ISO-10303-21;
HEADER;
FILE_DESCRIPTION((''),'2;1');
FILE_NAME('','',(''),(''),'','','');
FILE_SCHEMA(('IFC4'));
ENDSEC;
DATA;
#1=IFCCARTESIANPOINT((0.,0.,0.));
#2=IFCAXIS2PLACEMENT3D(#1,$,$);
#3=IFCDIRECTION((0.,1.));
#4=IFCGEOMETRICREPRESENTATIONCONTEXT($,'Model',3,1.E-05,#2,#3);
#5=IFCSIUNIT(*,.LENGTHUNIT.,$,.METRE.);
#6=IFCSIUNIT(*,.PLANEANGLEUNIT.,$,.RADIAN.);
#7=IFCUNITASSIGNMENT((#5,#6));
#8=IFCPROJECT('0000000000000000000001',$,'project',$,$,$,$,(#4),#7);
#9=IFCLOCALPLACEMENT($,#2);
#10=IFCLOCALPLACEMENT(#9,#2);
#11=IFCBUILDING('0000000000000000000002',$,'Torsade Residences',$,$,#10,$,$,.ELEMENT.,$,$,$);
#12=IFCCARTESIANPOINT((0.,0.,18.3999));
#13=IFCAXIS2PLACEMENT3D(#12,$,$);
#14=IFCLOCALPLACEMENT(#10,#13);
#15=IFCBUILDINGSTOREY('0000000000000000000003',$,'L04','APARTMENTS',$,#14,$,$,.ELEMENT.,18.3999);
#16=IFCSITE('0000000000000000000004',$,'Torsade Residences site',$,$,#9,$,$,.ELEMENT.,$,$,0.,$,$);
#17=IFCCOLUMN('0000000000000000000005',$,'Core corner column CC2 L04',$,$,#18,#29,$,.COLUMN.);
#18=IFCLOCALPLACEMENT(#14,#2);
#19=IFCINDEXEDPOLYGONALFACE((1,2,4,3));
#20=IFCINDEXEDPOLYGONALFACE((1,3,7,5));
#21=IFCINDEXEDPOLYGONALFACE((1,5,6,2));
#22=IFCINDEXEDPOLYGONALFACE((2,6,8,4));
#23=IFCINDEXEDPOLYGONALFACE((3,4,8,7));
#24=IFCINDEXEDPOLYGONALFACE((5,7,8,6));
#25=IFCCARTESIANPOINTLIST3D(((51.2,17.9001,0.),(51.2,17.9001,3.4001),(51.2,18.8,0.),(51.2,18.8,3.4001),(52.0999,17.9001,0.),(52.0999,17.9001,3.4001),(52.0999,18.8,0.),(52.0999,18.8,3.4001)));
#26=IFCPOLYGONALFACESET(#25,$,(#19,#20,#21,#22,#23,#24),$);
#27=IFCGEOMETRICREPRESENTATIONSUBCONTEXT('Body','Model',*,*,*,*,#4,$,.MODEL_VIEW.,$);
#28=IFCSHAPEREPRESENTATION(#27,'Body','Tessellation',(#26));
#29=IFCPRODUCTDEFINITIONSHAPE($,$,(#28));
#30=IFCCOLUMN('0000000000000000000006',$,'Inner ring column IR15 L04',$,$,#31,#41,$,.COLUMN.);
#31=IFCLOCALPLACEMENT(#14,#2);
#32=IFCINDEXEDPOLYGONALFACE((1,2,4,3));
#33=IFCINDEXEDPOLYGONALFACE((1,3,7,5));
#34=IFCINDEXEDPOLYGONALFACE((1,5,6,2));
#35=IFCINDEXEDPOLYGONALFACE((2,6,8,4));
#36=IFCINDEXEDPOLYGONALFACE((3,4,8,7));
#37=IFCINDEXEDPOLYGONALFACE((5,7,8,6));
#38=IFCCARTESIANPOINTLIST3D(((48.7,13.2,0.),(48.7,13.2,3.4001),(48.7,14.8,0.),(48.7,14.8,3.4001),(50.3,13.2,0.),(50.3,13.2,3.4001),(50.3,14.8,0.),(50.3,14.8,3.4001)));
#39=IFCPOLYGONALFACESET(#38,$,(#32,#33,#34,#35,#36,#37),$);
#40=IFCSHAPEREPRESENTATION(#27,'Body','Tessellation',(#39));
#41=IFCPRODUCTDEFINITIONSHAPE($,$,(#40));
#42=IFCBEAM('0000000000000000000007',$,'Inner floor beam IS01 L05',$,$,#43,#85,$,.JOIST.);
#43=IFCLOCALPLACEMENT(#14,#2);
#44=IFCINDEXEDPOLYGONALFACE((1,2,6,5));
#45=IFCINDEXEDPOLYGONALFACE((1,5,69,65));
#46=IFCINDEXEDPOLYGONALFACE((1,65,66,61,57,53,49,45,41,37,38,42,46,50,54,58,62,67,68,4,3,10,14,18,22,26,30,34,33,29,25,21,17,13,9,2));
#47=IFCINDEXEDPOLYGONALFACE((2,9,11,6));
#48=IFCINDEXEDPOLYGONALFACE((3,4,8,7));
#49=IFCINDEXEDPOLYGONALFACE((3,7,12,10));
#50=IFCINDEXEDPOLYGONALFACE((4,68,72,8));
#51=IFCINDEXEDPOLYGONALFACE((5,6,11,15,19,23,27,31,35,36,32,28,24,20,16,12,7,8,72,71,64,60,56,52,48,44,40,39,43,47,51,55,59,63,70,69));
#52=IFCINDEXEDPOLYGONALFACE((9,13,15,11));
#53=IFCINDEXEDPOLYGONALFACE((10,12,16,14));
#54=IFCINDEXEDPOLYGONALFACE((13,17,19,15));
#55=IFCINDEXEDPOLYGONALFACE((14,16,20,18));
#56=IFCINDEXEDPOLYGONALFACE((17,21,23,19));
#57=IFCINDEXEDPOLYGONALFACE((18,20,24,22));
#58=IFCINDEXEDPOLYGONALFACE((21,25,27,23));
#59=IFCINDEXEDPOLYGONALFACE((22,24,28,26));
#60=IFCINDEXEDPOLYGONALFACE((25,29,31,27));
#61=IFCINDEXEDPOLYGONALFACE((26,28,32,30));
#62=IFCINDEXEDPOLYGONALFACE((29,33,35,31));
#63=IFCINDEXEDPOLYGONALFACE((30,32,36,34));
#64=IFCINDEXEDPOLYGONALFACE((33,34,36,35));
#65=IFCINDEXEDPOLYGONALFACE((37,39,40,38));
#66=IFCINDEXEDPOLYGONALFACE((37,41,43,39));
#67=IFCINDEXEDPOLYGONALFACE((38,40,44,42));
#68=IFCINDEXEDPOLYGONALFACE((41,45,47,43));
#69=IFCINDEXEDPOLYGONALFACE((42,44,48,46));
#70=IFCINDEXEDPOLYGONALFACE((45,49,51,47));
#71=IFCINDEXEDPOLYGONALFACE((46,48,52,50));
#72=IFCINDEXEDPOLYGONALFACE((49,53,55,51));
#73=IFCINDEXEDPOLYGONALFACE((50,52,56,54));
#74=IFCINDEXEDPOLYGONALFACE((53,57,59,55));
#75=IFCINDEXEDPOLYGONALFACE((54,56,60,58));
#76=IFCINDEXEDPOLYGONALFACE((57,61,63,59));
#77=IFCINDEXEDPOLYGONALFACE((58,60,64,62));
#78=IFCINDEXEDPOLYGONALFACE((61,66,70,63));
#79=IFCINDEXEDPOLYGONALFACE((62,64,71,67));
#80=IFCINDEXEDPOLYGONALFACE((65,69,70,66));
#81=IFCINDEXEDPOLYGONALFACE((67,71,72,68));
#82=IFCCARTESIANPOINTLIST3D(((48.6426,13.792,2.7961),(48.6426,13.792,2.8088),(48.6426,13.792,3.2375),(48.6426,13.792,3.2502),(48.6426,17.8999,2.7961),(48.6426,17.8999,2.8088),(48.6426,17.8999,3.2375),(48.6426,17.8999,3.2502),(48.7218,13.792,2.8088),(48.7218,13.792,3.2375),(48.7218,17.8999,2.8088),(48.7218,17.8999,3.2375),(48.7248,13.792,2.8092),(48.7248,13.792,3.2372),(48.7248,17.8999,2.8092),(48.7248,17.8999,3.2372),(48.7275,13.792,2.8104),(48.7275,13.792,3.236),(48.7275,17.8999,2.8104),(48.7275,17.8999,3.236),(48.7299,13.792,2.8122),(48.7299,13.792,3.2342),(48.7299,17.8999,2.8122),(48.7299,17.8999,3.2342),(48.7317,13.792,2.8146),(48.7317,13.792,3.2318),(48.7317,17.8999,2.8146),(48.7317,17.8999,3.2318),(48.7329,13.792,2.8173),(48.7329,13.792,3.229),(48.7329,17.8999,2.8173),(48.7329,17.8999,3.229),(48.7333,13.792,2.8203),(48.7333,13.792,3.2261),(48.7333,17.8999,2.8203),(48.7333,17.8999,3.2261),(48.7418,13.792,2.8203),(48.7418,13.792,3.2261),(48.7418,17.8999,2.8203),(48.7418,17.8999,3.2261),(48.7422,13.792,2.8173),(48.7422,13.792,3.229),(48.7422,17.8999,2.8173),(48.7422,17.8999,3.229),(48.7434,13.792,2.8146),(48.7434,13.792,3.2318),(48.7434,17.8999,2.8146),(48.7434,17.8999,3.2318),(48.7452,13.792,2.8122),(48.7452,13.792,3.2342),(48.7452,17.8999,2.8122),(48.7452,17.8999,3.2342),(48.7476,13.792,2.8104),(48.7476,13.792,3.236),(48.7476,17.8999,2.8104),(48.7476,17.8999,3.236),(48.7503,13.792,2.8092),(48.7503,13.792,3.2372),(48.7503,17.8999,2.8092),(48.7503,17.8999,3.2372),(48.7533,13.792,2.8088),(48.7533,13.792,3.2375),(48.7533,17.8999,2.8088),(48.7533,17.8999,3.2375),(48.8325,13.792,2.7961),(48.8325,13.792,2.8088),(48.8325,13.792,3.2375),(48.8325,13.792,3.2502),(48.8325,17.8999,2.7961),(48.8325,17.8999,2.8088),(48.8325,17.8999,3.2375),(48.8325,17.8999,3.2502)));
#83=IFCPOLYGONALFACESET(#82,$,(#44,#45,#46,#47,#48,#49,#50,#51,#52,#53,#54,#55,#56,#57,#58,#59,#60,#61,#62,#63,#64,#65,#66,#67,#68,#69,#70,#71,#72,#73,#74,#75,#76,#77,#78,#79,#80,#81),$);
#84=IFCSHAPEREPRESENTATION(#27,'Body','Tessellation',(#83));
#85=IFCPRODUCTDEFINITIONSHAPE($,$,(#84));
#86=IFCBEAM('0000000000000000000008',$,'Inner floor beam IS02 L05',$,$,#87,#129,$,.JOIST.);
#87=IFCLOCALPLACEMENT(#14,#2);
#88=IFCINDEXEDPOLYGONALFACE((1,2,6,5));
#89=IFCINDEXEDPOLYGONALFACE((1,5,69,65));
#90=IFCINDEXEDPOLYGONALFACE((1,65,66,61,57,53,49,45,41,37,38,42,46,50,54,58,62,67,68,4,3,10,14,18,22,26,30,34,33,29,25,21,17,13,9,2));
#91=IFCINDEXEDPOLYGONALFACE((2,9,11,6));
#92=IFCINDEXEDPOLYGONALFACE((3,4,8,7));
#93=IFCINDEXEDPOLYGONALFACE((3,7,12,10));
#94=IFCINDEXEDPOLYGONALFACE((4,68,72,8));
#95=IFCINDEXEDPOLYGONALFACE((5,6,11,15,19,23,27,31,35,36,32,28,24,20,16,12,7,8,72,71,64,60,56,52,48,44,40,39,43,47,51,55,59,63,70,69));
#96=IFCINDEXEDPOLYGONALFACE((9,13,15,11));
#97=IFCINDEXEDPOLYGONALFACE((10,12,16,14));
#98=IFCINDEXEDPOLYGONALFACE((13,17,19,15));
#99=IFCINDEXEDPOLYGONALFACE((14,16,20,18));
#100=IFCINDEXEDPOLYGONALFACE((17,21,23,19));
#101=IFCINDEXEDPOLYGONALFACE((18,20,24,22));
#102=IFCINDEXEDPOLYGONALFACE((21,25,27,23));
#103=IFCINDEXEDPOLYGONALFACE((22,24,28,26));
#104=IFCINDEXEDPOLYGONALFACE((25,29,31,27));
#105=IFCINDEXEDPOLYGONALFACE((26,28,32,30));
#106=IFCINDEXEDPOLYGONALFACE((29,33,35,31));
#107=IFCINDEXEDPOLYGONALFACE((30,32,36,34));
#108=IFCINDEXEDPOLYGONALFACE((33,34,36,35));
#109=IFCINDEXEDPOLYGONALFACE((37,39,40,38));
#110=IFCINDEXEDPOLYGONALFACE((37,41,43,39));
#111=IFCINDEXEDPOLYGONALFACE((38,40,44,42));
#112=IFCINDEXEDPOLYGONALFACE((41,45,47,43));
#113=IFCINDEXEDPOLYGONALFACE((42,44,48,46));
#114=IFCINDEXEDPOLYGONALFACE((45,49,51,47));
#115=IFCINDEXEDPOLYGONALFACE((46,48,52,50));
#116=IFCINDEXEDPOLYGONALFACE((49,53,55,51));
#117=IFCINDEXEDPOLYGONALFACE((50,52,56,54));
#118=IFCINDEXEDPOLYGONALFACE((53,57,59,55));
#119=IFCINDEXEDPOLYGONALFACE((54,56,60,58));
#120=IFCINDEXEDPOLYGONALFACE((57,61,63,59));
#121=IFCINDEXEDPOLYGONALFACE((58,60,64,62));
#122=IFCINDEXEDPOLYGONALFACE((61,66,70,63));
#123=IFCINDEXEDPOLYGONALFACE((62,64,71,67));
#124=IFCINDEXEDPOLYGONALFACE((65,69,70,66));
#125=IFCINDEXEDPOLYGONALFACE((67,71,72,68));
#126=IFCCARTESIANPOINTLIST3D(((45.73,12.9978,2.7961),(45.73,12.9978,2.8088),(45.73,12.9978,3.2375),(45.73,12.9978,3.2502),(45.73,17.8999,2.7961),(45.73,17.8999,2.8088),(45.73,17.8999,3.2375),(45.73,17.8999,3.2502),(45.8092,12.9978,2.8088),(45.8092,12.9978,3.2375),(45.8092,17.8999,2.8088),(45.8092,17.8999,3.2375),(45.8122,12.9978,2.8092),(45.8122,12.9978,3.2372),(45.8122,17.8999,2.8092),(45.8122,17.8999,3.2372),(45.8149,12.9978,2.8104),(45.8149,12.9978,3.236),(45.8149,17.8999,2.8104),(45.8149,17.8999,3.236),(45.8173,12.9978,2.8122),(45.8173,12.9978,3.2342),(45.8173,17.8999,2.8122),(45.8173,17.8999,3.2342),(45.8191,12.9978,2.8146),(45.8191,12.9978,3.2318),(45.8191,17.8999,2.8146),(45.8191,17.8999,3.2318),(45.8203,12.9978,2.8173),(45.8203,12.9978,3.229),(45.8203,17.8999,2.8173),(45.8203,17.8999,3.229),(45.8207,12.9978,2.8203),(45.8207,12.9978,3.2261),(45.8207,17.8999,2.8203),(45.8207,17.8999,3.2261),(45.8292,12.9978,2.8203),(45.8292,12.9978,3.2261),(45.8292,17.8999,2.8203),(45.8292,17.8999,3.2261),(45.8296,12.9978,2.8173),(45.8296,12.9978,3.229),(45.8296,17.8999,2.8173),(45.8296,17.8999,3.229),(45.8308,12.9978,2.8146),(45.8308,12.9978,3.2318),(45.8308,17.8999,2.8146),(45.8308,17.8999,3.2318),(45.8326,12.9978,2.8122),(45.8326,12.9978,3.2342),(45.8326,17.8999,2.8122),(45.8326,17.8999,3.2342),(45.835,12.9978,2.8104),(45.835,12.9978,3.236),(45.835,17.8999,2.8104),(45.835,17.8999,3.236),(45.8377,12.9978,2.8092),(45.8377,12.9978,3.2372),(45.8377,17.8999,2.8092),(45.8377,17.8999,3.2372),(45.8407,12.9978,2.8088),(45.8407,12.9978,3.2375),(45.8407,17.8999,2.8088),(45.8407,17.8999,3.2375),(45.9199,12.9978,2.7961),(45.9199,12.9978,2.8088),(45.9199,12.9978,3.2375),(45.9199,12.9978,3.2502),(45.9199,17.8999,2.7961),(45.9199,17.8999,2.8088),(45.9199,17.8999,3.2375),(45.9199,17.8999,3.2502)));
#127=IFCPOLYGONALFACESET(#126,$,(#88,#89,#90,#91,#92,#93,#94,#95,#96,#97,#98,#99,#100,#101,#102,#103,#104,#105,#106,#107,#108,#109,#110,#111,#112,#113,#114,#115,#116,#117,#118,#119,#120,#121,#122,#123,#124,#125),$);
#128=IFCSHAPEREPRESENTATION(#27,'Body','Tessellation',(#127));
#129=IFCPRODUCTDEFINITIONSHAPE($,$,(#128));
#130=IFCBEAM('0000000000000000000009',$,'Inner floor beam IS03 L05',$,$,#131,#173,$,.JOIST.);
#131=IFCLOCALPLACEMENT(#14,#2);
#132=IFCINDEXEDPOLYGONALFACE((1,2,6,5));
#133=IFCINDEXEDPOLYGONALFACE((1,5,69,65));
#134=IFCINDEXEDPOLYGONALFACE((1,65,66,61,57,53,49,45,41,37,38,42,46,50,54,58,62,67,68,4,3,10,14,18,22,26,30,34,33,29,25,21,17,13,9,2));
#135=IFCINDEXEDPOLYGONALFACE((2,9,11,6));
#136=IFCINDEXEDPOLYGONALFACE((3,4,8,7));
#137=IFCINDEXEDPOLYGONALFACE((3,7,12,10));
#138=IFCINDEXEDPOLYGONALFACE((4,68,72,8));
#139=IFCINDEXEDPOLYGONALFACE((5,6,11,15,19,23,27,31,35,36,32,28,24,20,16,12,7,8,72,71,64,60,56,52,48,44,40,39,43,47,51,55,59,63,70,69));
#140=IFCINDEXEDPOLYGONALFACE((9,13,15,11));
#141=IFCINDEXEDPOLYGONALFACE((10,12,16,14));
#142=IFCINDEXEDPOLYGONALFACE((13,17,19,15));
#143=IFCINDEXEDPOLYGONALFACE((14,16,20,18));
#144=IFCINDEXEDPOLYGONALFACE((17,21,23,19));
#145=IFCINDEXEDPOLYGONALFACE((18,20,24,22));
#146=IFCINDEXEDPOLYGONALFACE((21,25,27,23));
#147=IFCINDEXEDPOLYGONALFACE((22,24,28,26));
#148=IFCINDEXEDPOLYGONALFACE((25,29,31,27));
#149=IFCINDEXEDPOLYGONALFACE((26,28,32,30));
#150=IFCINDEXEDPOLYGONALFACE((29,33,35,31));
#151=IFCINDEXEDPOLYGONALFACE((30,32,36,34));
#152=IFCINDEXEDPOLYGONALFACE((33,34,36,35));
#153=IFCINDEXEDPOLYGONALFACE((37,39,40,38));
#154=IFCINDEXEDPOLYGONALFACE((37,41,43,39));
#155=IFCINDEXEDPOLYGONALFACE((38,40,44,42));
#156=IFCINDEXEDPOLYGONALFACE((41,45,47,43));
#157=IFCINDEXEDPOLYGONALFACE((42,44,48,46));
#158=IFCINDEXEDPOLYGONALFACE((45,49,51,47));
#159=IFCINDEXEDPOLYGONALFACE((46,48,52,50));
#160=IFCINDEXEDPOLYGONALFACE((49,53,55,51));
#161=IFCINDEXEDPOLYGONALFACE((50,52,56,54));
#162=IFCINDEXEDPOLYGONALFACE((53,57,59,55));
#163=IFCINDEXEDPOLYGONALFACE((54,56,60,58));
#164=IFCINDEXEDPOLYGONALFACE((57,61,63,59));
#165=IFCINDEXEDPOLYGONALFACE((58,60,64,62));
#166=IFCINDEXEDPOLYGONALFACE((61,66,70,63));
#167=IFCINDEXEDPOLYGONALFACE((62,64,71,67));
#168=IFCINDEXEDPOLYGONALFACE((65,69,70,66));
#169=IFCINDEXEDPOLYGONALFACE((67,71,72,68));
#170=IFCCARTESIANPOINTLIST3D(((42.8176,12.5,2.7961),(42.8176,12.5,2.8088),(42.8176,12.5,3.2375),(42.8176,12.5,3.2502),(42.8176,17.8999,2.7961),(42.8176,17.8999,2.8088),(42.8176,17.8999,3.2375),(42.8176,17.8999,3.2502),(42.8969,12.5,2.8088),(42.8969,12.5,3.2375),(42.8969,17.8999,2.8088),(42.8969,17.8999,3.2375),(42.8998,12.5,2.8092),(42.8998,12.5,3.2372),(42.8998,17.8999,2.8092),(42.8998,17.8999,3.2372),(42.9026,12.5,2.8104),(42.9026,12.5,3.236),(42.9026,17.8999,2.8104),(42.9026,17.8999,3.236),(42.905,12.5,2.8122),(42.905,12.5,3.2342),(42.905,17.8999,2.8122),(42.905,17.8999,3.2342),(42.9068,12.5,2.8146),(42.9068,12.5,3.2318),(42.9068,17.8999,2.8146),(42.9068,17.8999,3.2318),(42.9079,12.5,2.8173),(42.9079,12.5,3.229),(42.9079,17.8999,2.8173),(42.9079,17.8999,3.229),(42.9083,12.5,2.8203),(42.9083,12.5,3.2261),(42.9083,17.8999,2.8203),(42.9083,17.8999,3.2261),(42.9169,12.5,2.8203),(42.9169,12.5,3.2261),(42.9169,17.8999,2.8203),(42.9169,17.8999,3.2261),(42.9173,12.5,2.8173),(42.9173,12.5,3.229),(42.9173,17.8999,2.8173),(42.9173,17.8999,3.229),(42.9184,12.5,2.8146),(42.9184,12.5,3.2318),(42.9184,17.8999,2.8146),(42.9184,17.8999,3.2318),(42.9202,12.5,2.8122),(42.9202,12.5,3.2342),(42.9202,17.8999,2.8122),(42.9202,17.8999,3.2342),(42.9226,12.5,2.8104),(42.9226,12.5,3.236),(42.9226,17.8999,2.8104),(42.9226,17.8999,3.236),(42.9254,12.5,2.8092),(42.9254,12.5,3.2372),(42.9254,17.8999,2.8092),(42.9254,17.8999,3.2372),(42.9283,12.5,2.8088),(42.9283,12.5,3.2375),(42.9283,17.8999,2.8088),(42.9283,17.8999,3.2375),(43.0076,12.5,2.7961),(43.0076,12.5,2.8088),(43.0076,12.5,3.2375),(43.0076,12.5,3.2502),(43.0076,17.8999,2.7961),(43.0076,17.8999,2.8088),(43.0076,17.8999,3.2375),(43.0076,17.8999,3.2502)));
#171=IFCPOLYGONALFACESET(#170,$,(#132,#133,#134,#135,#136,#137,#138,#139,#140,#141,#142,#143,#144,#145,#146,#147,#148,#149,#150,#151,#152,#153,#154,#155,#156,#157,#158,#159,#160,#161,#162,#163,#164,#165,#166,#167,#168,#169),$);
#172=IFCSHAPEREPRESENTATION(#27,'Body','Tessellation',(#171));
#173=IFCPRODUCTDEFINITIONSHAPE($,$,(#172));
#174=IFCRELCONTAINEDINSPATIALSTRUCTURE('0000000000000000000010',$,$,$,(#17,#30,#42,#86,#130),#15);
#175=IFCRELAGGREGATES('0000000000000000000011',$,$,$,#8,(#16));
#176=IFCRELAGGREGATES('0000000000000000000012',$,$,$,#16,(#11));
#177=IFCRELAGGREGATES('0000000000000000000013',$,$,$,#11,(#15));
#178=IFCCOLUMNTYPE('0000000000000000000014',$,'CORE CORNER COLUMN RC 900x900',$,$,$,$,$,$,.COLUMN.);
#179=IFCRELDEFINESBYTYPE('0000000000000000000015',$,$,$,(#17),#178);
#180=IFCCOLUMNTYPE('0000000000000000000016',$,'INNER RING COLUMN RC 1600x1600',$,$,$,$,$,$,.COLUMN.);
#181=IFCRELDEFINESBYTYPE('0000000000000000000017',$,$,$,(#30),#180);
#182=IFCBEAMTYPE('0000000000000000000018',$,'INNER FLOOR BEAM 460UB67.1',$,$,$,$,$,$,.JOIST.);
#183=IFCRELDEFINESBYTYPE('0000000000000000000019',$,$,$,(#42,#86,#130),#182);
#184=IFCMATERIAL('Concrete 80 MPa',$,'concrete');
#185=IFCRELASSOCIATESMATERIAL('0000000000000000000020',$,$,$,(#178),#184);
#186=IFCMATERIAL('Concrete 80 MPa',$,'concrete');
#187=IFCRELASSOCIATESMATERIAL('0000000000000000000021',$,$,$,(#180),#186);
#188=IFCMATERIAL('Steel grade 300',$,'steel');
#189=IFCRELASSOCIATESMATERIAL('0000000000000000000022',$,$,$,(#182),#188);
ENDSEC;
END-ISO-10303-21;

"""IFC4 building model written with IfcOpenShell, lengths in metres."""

from ifc_helpers import new_model, si_unit, direction, frame, origin, origin_2d, place, context, subcontext, project, spatial, rectangle, i_section, extrude, material, material_profile, profile_set, type_object, element, save


model = new_model("IFC4")

# Units and contexts
model_context = context("Model", 3, precision=1e-05, world=origin(), true_north=direction((0.0, 1.0)))
body_context = subcontext(model_context, "Body", "Model", "MODEL_VIEW")
ifc_project = project(units=[si_unit("LENGTHUNIT", "METRE"), si_unit("PLANEANGLEUNIT", "RADIAN")], contexts=[model_context])

# Site, building, storey
site_placement = place(None, origin())
site = spatial("IfcSite", under=ifc_project, at=site_placement, Name="Torsade Residences site", CompositionType="ELEMENT", RefElevation=0.0)
building_placement = place(site_placement, origin())
building = spatial("IfcBuilding", under=site, at=building_placement, Name="Torsade Residences", CompositionType="ELEMENT")
storey_placement = place(building_placement, frame((0.0, 0.0, 18.3999)))
storey = spatial("IfcBuildingStorey", under=building, at=storey_placement, Name="L04", Description="APARTMENTS", CompositionType="ELEMENT", Elevation=18.3999)

# Columns
ifc_material_1 = material(Name="Concrete 80 MPa", Category="concrete")
ifc_material_profile_1 = material_profile(ifc_material_1, rectangle(XDim=0.8999, YDim=0.8999, at=origin_2d()), Name="RC 900x900")
ifc_profile_set_1 = profile_set([ifc_material_profile_1], Name="Concrete 80 MPa")
column_type_1 = type_object("IfcColumnType", Name="CORE CORNER COLUMN RC 900x900", PredefinedType="COLUMN", material=ifc_profile_set_1)
column_1_placement = place(storey_placement, frame((51.6499, 18.3501, 0.0), z_axis=(0.0, 0.0, 1.0), x_axis=(1.0, 0.0, 0.0)))
element("IfcColumn", 1, at=column_1_placement, inside=storey, type_object=column_type_1, Name="Core corner column CC2 L04", PredefinedType="COLUMN", context=body_context, shape_type="SweptSolid", body=[
    extrude(rectangle(XDim=0.8999, YDim=0.8999, at=origin_2d()), origin(), (0.0, 0.0, 1.0), 3.4001),
])
ifc_material_2 = material(Name="Concrete 80 MPa", Category="concrete")
ifc_material_profile_2 = material_profile(ifc_material_2, rectangle(XDim=1.6001, YDim=1.6001, at=origin_2d()), Name="RC 1600x1600")
ifc_profile_set_2 = profile_set([ifc_material_profile_2], Name="Concrete 80 MPa")
column_type_2 = type_object("IfcColumnType", Name="INNER RING COLUMN RC 1600x1600", PredefinedType="COLUMN", material=ifc_profile_set_2)
column_2_placement = place(storey_placement, frame((49.5, 14.0, 0.0), z_axis=(0.0, 0.0, 1.0), x_axis=(1.0, 0.0, 0.0)))
element("IfcColumn", 2, at=column_2_placement, inside=storey, type_object=column_type_2, Name="Inner ring column IR15 L04", PredefinedType="COLUMN", context=body_context, shape_type="SweptSolid", body=[
    extrude(rectangle(XDim=1.6001, YDim=1.6001, at=origin_2d()), origin(), (0.0, 0.0, 1.0), 3.4001),
])

# Beams
ifc_material_3 = material(Name="Steel grade 300", Category="steel")
ifc_material_profile_3 = material_profile(ifc_material_3, i_section(OverallWidth=0.1899, OverallDepth=0.4541, WebThickness=0.0085, FlangeThickness=0.0127, FilletRadius=0.0115, at=origin_2d()), Name="460UB67.1")
ifc_profile_set_3 = profile_set([ifc_material_profile_3], Name="Steel grade 300")
beam_type_1 = type_object("IfcBeamType", Name="INNER FLOOR BEAM 460UB67.1", PredefinedType="JOIST", material=ifc_profile_set_3)
beam_1_placement = place(storey_placement, frame((48.7375, 17.8999, 3.0232), z_axis=(0.0, -1.0, 0.0), x_axis=(1.0, 0.0, 0.0)))
element("IfcBeam", 3, at=beam_1_placement, inside=storey, type_object=beam_type_1, Name="Inner floor beam IS01 L05", PredefinedType="JOIST", context=body_context, shape_type="SweptSolid", body=[
    extrude(i_section(OverallWidth=0.1899, OverallDepth=0.4541, WebThickness=0.0085, FlangeThickness=0.0127, FilletRadius=0.0115, at=origin_2d()), origin(), (0.0, 0.0, 1.0), 4.1079),
])
beam_2_placement = place(storey_placement, frame((45.825, 17.8999, 3.0232), z_axis=(0.0, -1.0, 0.0), x_axis=(1.0, 0.0, 0.0)))
element("IfcBeam", 4, at=beam_2_placement, inside=storey, type_object=beam_type_1, Name="Inner floor beam IS02 L05", PredefinedType="JOIST", context=body_context, shape_type="SweptSolid", body=[
    extrude(i_section(OverallWidth=0.1899, OverallDepth=0.4541, WebThickness=0.0085, FlangeThickness=0.0127, FilletRadius=0.0115, at=origin_2d()), origin(), (0.0, 0.0, 1.0), 4.9021),
])
for number, where, z_axis, x_axis, name in (
    (5, (42.9126, 17.8999, 3.0232), (0.0, -1.0, 0.0), (1.0, 0.0, 0.0), "Inner floor beam IS03 L05"),
):
    element("IfcBeam", number, at=place(storey_placement, frame(where, z_axis=z_axis, x_axis=x_axis)), inside=storey, type_object=beam_type_1, Name=name, PredefinedType="JOIST", context=body_context, shape_type="SweptSolid", body=[
        extrude(i_section(OverallWidth=0.1899, OverallDepth=0.4541, WebThickness=0.0085, FlangeThickness=0.0127, FilletRadius=0.0115, at=origin_2d()), origin(), (0.0, 0.0, 1.0), 5.3999),
    ])

save(model, "model.ifc")
